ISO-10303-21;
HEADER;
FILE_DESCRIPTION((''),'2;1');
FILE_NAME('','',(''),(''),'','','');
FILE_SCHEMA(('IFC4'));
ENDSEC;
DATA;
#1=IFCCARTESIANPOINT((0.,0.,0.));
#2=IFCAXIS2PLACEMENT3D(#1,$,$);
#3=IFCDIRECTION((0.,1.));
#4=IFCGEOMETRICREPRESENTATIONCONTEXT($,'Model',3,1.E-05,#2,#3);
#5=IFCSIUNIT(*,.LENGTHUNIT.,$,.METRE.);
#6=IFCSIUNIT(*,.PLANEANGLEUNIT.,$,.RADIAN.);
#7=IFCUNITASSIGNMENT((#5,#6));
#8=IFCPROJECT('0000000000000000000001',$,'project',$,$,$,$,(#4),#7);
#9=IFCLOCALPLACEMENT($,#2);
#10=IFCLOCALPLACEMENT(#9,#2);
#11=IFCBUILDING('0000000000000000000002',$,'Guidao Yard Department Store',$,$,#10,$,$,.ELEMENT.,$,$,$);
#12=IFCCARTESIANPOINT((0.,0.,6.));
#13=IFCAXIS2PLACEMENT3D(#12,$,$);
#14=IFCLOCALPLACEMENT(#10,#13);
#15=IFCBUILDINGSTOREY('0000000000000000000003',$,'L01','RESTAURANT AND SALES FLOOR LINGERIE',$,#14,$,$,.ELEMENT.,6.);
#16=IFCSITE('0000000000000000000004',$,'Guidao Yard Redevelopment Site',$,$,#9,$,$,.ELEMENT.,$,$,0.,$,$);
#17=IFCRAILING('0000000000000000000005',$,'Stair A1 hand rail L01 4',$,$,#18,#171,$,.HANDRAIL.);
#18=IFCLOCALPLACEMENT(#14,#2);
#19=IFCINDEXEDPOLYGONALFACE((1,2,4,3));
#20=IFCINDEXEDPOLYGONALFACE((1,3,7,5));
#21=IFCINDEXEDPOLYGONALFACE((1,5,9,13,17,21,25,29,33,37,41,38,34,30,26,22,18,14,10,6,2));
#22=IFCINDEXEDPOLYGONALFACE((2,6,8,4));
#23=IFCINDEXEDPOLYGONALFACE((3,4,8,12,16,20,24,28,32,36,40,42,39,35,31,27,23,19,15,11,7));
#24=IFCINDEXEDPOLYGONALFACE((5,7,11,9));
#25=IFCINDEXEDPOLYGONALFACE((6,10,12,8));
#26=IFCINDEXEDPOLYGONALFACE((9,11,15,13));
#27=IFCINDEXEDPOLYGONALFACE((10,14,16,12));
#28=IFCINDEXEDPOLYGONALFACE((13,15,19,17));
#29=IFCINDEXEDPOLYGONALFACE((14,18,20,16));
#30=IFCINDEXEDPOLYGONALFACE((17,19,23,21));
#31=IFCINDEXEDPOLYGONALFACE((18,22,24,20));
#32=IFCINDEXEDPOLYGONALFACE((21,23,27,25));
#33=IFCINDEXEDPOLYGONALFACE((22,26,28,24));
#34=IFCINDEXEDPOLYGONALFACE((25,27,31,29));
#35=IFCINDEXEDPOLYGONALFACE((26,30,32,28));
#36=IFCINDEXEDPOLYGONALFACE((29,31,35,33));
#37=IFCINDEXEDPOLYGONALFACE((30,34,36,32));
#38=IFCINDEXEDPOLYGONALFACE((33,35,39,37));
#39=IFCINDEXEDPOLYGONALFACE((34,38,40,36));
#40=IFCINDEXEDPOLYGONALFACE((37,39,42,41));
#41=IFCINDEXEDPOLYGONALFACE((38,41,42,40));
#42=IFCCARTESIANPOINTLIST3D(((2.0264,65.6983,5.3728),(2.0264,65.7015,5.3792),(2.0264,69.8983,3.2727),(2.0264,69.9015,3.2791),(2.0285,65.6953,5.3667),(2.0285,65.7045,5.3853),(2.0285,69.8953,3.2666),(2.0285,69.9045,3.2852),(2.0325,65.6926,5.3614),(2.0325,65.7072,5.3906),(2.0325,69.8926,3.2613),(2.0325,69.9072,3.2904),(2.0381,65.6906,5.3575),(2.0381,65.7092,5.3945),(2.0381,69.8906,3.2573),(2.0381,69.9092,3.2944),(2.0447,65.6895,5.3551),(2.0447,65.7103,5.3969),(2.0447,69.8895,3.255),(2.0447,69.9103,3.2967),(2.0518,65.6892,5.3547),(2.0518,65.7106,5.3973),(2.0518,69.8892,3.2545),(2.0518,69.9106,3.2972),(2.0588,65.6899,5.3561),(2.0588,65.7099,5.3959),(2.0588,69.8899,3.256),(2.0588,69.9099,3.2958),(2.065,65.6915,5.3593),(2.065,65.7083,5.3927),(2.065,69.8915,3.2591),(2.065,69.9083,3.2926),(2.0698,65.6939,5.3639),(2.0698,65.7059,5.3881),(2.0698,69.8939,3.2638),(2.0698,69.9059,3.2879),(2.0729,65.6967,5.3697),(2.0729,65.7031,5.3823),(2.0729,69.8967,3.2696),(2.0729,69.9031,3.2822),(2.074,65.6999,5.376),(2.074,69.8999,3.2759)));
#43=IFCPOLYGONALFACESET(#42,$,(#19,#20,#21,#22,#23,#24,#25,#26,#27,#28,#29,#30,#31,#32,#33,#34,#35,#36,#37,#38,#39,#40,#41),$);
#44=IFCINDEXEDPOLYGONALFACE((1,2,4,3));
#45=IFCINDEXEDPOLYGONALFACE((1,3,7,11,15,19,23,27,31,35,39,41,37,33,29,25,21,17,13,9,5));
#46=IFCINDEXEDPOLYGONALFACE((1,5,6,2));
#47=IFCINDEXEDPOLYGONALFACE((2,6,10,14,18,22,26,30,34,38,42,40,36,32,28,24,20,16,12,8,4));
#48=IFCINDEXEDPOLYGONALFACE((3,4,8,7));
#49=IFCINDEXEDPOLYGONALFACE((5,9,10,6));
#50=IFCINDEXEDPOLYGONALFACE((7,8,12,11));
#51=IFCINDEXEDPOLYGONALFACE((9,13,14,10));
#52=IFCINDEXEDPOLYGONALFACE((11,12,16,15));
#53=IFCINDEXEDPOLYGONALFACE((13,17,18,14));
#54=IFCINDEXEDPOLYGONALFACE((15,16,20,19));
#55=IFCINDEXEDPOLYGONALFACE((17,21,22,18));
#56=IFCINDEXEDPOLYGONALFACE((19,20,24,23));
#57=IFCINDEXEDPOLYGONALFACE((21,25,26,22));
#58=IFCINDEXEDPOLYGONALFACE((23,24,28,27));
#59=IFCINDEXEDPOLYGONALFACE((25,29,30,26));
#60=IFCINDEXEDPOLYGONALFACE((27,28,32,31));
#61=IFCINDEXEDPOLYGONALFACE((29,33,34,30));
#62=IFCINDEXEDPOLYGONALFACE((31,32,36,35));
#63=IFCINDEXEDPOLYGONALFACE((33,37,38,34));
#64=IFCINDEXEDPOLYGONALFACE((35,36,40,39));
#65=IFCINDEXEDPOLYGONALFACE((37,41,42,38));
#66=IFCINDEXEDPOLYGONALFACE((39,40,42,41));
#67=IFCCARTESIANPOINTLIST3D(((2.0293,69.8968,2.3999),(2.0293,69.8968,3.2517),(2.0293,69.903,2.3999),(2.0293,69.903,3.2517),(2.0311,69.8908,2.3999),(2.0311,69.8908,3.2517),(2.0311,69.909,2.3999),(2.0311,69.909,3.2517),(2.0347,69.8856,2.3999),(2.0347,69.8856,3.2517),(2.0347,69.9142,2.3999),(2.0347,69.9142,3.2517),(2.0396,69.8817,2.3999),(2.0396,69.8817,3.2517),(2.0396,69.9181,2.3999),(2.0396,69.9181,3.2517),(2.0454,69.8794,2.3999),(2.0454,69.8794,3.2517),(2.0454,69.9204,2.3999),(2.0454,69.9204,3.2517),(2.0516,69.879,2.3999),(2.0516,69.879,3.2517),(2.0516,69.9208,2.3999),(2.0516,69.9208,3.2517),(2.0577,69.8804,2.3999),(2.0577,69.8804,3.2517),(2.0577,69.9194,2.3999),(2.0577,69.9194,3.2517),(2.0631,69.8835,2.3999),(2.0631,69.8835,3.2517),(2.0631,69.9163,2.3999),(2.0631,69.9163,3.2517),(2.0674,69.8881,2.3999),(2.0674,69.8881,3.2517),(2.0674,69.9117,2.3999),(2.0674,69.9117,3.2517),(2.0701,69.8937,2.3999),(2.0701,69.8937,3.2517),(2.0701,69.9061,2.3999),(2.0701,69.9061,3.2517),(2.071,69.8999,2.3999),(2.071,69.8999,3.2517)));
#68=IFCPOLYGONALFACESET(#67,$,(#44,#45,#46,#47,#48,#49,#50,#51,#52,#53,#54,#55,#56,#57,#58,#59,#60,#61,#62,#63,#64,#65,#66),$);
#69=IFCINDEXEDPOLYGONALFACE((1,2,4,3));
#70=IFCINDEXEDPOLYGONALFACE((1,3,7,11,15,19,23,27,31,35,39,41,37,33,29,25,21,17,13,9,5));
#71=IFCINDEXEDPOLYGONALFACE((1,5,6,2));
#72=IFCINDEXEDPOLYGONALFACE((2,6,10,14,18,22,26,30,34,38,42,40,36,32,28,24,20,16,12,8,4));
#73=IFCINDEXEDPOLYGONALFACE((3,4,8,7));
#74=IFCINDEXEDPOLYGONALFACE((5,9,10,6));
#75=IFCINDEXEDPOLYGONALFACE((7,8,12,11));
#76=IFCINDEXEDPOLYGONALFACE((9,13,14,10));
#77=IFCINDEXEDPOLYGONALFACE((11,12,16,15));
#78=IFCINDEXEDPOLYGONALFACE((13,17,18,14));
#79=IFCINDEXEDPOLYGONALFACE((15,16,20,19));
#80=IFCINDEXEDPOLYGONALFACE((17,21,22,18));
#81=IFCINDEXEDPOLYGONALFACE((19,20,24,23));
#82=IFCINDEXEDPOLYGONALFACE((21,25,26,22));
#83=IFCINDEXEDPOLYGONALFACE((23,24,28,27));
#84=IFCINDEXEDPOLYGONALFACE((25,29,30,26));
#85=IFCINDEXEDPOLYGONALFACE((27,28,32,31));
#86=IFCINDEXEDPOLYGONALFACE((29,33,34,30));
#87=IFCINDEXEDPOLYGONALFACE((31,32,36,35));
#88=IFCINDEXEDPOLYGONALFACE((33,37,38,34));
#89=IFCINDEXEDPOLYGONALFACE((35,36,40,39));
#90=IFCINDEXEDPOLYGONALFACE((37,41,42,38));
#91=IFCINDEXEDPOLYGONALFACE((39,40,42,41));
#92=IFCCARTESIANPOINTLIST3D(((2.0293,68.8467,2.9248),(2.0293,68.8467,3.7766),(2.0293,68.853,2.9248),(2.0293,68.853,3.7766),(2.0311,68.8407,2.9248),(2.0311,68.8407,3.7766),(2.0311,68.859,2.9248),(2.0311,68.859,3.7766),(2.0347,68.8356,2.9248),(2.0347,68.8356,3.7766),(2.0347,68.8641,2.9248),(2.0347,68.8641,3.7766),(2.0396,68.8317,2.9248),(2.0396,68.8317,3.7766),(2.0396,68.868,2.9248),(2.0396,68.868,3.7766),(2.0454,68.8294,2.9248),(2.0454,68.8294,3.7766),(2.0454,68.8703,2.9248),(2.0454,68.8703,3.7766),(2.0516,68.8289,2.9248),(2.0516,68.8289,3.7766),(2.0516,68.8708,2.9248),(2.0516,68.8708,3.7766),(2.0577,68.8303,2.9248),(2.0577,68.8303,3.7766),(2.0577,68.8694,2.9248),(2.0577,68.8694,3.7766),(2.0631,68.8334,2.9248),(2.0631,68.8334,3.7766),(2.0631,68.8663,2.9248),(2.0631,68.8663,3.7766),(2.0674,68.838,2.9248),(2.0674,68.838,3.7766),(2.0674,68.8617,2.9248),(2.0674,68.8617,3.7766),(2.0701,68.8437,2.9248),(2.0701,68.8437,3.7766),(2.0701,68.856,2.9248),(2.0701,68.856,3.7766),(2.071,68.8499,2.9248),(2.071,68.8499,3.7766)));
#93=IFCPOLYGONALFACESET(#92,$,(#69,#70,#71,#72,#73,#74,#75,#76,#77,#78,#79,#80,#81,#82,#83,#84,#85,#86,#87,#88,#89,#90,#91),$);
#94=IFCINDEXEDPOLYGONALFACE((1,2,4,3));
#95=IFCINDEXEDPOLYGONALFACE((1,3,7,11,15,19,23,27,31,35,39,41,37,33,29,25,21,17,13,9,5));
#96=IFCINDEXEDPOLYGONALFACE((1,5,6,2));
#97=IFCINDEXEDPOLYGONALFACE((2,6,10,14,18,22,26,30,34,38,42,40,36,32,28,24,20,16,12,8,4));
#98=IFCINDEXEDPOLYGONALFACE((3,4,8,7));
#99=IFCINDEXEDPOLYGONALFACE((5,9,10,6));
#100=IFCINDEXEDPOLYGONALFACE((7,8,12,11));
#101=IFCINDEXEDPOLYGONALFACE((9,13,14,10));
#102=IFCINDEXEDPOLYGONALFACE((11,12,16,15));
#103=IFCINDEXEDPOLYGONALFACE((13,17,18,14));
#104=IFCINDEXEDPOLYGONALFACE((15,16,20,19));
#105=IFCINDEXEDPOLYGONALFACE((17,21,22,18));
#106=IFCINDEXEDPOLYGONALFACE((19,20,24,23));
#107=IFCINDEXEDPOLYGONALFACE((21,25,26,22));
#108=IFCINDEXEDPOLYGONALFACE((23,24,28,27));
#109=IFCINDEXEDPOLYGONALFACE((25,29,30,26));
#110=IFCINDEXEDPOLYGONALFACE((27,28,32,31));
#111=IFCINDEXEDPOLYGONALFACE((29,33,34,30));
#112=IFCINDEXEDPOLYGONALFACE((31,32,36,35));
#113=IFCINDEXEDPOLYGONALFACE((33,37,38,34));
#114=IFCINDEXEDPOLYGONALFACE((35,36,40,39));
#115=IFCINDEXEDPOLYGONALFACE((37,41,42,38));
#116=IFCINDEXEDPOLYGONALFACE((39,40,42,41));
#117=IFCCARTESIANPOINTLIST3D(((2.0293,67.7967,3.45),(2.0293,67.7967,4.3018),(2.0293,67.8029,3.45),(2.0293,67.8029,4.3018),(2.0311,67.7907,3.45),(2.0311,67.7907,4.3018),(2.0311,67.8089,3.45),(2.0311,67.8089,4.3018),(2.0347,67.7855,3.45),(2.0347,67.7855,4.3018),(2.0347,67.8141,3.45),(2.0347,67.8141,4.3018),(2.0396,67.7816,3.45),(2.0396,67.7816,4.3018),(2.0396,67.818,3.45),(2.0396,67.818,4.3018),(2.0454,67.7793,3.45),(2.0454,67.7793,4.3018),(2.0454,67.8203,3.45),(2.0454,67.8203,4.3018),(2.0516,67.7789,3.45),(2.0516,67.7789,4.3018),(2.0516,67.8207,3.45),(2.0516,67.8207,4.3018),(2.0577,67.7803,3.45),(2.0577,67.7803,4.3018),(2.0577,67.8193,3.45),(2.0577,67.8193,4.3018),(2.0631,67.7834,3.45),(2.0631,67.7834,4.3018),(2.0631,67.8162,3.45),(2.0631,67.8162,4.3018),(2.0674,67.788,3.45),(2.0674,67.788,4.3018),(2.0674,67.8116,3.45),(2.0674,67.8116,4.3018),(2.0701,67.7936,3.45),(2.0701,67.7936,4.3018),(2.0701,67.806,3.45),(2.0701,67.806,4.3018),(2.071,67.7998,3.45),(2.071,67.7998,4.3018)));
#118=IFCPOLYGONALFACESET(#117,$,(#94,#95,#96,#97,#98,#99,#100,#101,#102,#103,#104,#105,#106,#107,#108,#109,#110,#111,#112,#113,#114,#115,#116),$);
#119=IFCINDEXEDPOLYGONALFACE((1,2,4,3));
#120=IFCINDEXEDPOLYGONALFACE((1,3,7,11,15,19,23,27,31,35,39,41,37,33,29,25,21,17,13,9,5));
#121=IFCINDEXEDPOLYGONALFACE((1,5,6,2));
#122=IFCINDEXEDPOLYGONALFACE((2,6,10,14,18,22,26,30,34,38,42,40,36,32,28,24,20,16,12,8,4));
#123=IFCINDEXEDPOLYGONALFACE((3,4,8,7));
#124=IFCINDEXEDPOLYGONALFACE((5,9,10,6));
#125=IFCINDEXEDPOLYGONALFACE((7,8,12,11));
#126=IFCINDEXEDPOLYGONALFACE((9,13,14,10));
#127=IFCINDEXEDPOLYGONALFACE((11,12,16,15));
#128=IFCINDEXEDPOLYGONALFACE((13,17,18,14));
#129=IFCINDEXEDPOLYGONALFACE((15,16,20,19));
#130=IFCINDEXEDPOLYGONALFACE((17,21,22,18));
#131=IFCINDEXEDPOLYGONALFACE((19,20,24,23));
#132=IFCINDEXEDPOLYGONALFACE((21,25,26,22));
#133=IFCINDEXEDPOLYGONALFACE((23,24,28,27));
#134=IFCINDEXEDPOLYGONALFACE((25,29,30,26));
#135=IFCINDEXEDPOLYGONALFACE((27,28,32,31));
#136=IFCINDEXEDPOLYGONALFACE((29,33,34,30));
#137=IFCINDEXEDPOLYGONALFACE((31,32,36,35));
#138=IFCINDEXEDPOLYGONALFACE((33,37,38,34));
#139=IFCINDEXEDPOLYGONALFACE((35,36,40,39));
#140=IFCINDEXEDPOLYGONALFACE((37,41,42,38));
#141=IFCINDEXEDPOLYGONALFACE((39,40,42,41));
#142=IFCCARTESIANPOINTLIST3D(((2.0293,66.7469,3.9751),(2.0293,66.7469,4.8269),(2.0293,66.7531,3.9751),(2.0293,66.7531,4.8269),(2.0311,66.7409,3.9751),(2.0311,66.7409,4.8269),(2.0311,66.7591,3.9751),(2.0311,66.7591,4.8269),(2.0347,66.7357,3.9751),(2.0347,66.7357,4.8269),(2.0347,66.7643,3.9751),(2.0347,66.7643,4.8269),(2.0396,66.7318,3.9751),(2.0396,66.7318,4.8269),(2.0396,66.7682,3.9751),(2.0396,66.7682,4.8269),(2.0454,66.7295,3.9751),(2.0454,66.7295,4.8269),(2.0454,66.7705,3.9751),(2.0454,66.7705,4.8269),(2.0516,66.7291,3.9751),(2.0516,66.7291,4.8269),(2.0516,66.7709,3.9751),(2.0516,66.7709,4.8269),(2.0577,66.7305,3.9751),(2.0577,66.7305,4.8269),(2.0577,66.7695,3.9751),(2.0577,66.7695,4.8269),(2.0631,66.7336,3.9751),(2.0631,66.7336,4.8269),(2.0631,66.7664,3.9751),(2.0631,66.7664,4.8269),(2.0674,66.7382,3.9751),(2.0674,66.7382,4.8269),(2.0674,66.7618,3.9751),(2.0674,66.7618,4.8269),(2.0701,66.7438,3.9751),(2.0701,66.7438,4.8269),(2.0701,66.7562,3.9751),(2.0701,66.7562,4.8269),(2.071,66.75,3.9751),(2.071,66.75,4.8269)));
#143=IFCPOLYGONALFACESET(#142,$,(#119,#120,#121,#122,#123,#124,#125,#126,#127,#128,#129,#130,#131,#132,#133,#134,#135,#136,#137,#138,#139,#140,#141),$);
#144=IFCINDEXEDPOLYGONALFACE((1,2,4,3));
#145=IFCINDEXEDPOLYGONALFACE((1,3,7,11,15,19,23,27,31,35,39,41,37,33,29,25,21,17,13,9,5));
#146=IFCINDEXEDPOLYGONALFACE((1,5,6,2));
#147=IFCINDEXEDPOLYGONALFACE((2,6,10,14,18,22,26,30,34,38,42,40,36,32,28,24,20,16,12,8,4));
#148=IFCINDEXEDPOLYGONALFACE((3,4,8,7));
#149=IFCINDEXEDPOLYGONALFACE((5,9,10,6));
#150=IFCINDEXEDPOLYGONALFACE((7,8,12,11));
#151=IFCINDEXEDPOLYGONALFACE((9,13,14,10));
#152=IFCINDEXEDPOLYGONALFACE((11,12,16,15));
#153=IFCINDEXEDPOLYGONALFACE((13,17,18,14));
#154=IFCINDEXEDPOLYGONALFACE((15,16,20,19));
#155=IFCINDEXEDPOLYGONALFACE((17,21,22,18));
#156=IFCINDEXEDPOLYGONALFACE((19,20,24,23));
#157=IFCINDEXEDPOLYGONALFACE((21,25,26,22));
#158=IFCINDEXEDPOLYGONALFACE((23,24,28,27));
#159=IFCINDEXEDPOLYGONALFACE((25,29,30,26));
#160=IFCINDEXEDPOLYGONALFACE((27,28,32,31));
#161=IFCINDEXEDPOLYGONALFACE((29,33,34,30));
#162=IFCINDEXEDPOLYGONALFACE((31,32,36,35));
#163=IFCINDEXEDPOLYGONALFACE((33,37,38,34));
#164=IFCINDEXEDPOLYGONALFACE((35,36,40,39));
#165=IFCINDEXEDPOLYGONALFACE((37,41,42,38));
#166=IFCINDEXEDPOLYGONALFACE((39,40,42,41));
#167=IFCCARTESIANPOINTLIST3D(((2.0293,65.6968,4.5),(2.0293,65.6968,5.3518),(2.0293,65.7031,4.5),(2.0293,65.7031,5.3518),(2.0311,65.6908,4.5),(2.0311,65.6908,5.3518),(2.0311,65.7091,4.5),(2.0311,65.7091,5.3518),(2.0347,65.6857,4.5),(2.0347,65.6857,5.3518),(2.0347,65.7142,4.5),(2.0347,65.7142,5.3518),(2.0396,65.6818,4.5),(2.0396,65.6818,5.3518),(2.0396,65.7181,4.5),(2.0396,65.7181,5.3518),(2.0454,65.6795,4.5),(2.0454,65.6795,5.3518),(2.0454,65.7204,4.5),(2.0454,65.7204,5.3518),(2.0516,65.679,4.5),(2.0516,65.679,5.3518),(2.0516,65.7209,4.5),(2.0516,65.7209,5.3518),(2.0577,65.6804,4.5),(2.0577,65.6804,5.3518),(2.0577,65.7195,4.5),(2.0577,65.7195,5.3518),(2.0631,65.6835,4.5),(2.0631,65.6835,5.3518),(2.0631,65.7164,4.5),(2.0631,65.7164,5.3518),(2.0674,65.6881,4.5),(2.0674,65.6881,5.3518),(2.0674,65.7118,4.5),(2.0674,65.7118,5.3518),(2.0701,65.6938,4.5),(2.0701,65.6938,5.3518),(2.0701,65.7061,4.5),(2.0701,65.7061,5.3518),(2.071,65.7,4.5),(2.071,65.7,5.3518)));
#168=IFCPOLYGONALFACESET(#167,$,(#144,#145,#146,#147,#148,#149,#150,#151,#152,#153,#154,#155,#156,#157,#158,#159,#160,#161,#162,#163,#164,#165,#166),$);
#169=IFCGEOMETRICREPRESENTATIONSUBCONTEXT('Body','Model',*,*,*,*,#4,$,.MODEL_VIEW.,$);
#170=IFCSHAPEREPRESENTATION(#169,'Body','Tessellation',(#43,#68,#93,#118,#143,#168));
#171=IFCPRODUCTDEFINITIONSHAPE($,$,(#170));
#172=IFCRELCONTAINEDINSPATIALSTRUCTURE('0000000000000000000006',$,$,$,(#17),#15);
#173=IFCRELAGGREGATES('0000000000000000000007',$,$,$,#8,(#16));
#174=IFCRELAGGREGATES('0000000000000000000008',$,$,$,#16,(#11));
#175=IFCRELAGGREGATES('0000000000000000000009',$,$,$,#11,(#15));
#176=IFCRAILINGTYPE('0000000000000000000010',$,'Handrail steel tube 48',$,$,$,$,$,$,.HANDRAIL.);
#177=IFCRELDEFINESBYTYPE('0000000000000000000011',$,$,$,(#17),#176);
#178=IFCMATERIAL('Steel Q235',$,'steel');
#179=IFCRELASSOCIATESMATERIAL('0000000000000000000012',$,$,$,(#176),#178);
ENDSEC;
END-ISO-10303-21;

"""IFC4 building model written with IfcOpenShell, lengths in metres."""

from ifc_helpers import new_model, si_unit, direction, frame, origin, origin_2d, place, context, subcontext, project, spatial, circle, extrude, material, type_object, element, save


model = new_model("IFC4")

# Units and contexts
model_context = context("Model", 3, precision=1e-05, world=origin(), true_north=direction((0.0, 1.0)))
body_context = subcontext(model_context, "Body", "Model", "MODEL_VIEW")
ifc_project = project(units=[si_unit("LENGTHUNIT", "METRE"), si_unit("PLANEANGLEUNIT", "RADIAN")], contexts=[model_context])

# Site, building, storey
site_placement = place(None, origin())
site = spatial("IfcSite", under=ifc_project, at=site_placement, Name="Guidao Yard Redevelopment Site", CompositionType="ELEMENT", RefElevation=0.0)
building_placement = place(site_placement, origin())
building = spatial("IfcBuilding", under=site, at=building_placement, Name="Guidao Yard Department Store", CompositionType="ELEMENT")
storey_placement = place(building_placement, frame((0.0, 0.0, 6.0)))
storey = spatial("IfcBuildingStorey", under=building, at=storey_placement, Name="L01", Description="RESTAURANT AND SALES FLOOR LINGERIE", CompositionType="ELEMENT", Elevation=6.0)

# Railing
ifc_material_1 = material(Name="Steel Q235", Category="steel")
railing_type_1 = type_object("IfcRailingType", Name="Handrail steel tube 48", PredefinedType="HANDRAIL", material=ifc_material_1)
for number, where, name in (
    (1, (2.05, 69.8999, 2.3999), "Stair A1 hand rail L01 4"),
):
    element("IfcRailing", number, at=place(storey_placement, frame(where)), inside=storey, type_object=railing_type_1, Name=name, PredefinedType="HANDRAIL", context=body_context, shape_type="SweptSolid", body=[
        extrude(circle(Radius=0.0239, at=origin_2d()), frame((0.0, 0.0, 0.876), z_axis=(0.0, -0.894417, 0.447234), x_axis=(1.0, 0.0, 0.0)), (0.0, 0.0, 1.0), 4.6958),
        extrude(circle(Radius=0.021, at=origin_2d()), origin(), (0.0, 0.0, 1.0), 0.8518),
        extrude(circle(Radius=0.021, at=origin_2d()), frame((0.0, -1.05, 0.5249)), (0.0, 0.0, 1.0), 0.8518),
        extrude(circle(Radius=0.021, at=origin_2d()), frame((0.0, -2.1001, 1.05)), (0.0, 0.0, 1.0), 0.8518),
        extrude(circle(Radius=0.021, at=origin_2d()), frame((0.0, -3.1499, 1.5752)), (0.0, 0.0, 1.0), 0.8518),
        extrude(circle(Radius=0.021, at=origin_2d()), frame((0.0, -4.2, 2.1001)), (0.0, 0.0, 1.0), 0.8518),
    ])

save(model, "model.ifc")
